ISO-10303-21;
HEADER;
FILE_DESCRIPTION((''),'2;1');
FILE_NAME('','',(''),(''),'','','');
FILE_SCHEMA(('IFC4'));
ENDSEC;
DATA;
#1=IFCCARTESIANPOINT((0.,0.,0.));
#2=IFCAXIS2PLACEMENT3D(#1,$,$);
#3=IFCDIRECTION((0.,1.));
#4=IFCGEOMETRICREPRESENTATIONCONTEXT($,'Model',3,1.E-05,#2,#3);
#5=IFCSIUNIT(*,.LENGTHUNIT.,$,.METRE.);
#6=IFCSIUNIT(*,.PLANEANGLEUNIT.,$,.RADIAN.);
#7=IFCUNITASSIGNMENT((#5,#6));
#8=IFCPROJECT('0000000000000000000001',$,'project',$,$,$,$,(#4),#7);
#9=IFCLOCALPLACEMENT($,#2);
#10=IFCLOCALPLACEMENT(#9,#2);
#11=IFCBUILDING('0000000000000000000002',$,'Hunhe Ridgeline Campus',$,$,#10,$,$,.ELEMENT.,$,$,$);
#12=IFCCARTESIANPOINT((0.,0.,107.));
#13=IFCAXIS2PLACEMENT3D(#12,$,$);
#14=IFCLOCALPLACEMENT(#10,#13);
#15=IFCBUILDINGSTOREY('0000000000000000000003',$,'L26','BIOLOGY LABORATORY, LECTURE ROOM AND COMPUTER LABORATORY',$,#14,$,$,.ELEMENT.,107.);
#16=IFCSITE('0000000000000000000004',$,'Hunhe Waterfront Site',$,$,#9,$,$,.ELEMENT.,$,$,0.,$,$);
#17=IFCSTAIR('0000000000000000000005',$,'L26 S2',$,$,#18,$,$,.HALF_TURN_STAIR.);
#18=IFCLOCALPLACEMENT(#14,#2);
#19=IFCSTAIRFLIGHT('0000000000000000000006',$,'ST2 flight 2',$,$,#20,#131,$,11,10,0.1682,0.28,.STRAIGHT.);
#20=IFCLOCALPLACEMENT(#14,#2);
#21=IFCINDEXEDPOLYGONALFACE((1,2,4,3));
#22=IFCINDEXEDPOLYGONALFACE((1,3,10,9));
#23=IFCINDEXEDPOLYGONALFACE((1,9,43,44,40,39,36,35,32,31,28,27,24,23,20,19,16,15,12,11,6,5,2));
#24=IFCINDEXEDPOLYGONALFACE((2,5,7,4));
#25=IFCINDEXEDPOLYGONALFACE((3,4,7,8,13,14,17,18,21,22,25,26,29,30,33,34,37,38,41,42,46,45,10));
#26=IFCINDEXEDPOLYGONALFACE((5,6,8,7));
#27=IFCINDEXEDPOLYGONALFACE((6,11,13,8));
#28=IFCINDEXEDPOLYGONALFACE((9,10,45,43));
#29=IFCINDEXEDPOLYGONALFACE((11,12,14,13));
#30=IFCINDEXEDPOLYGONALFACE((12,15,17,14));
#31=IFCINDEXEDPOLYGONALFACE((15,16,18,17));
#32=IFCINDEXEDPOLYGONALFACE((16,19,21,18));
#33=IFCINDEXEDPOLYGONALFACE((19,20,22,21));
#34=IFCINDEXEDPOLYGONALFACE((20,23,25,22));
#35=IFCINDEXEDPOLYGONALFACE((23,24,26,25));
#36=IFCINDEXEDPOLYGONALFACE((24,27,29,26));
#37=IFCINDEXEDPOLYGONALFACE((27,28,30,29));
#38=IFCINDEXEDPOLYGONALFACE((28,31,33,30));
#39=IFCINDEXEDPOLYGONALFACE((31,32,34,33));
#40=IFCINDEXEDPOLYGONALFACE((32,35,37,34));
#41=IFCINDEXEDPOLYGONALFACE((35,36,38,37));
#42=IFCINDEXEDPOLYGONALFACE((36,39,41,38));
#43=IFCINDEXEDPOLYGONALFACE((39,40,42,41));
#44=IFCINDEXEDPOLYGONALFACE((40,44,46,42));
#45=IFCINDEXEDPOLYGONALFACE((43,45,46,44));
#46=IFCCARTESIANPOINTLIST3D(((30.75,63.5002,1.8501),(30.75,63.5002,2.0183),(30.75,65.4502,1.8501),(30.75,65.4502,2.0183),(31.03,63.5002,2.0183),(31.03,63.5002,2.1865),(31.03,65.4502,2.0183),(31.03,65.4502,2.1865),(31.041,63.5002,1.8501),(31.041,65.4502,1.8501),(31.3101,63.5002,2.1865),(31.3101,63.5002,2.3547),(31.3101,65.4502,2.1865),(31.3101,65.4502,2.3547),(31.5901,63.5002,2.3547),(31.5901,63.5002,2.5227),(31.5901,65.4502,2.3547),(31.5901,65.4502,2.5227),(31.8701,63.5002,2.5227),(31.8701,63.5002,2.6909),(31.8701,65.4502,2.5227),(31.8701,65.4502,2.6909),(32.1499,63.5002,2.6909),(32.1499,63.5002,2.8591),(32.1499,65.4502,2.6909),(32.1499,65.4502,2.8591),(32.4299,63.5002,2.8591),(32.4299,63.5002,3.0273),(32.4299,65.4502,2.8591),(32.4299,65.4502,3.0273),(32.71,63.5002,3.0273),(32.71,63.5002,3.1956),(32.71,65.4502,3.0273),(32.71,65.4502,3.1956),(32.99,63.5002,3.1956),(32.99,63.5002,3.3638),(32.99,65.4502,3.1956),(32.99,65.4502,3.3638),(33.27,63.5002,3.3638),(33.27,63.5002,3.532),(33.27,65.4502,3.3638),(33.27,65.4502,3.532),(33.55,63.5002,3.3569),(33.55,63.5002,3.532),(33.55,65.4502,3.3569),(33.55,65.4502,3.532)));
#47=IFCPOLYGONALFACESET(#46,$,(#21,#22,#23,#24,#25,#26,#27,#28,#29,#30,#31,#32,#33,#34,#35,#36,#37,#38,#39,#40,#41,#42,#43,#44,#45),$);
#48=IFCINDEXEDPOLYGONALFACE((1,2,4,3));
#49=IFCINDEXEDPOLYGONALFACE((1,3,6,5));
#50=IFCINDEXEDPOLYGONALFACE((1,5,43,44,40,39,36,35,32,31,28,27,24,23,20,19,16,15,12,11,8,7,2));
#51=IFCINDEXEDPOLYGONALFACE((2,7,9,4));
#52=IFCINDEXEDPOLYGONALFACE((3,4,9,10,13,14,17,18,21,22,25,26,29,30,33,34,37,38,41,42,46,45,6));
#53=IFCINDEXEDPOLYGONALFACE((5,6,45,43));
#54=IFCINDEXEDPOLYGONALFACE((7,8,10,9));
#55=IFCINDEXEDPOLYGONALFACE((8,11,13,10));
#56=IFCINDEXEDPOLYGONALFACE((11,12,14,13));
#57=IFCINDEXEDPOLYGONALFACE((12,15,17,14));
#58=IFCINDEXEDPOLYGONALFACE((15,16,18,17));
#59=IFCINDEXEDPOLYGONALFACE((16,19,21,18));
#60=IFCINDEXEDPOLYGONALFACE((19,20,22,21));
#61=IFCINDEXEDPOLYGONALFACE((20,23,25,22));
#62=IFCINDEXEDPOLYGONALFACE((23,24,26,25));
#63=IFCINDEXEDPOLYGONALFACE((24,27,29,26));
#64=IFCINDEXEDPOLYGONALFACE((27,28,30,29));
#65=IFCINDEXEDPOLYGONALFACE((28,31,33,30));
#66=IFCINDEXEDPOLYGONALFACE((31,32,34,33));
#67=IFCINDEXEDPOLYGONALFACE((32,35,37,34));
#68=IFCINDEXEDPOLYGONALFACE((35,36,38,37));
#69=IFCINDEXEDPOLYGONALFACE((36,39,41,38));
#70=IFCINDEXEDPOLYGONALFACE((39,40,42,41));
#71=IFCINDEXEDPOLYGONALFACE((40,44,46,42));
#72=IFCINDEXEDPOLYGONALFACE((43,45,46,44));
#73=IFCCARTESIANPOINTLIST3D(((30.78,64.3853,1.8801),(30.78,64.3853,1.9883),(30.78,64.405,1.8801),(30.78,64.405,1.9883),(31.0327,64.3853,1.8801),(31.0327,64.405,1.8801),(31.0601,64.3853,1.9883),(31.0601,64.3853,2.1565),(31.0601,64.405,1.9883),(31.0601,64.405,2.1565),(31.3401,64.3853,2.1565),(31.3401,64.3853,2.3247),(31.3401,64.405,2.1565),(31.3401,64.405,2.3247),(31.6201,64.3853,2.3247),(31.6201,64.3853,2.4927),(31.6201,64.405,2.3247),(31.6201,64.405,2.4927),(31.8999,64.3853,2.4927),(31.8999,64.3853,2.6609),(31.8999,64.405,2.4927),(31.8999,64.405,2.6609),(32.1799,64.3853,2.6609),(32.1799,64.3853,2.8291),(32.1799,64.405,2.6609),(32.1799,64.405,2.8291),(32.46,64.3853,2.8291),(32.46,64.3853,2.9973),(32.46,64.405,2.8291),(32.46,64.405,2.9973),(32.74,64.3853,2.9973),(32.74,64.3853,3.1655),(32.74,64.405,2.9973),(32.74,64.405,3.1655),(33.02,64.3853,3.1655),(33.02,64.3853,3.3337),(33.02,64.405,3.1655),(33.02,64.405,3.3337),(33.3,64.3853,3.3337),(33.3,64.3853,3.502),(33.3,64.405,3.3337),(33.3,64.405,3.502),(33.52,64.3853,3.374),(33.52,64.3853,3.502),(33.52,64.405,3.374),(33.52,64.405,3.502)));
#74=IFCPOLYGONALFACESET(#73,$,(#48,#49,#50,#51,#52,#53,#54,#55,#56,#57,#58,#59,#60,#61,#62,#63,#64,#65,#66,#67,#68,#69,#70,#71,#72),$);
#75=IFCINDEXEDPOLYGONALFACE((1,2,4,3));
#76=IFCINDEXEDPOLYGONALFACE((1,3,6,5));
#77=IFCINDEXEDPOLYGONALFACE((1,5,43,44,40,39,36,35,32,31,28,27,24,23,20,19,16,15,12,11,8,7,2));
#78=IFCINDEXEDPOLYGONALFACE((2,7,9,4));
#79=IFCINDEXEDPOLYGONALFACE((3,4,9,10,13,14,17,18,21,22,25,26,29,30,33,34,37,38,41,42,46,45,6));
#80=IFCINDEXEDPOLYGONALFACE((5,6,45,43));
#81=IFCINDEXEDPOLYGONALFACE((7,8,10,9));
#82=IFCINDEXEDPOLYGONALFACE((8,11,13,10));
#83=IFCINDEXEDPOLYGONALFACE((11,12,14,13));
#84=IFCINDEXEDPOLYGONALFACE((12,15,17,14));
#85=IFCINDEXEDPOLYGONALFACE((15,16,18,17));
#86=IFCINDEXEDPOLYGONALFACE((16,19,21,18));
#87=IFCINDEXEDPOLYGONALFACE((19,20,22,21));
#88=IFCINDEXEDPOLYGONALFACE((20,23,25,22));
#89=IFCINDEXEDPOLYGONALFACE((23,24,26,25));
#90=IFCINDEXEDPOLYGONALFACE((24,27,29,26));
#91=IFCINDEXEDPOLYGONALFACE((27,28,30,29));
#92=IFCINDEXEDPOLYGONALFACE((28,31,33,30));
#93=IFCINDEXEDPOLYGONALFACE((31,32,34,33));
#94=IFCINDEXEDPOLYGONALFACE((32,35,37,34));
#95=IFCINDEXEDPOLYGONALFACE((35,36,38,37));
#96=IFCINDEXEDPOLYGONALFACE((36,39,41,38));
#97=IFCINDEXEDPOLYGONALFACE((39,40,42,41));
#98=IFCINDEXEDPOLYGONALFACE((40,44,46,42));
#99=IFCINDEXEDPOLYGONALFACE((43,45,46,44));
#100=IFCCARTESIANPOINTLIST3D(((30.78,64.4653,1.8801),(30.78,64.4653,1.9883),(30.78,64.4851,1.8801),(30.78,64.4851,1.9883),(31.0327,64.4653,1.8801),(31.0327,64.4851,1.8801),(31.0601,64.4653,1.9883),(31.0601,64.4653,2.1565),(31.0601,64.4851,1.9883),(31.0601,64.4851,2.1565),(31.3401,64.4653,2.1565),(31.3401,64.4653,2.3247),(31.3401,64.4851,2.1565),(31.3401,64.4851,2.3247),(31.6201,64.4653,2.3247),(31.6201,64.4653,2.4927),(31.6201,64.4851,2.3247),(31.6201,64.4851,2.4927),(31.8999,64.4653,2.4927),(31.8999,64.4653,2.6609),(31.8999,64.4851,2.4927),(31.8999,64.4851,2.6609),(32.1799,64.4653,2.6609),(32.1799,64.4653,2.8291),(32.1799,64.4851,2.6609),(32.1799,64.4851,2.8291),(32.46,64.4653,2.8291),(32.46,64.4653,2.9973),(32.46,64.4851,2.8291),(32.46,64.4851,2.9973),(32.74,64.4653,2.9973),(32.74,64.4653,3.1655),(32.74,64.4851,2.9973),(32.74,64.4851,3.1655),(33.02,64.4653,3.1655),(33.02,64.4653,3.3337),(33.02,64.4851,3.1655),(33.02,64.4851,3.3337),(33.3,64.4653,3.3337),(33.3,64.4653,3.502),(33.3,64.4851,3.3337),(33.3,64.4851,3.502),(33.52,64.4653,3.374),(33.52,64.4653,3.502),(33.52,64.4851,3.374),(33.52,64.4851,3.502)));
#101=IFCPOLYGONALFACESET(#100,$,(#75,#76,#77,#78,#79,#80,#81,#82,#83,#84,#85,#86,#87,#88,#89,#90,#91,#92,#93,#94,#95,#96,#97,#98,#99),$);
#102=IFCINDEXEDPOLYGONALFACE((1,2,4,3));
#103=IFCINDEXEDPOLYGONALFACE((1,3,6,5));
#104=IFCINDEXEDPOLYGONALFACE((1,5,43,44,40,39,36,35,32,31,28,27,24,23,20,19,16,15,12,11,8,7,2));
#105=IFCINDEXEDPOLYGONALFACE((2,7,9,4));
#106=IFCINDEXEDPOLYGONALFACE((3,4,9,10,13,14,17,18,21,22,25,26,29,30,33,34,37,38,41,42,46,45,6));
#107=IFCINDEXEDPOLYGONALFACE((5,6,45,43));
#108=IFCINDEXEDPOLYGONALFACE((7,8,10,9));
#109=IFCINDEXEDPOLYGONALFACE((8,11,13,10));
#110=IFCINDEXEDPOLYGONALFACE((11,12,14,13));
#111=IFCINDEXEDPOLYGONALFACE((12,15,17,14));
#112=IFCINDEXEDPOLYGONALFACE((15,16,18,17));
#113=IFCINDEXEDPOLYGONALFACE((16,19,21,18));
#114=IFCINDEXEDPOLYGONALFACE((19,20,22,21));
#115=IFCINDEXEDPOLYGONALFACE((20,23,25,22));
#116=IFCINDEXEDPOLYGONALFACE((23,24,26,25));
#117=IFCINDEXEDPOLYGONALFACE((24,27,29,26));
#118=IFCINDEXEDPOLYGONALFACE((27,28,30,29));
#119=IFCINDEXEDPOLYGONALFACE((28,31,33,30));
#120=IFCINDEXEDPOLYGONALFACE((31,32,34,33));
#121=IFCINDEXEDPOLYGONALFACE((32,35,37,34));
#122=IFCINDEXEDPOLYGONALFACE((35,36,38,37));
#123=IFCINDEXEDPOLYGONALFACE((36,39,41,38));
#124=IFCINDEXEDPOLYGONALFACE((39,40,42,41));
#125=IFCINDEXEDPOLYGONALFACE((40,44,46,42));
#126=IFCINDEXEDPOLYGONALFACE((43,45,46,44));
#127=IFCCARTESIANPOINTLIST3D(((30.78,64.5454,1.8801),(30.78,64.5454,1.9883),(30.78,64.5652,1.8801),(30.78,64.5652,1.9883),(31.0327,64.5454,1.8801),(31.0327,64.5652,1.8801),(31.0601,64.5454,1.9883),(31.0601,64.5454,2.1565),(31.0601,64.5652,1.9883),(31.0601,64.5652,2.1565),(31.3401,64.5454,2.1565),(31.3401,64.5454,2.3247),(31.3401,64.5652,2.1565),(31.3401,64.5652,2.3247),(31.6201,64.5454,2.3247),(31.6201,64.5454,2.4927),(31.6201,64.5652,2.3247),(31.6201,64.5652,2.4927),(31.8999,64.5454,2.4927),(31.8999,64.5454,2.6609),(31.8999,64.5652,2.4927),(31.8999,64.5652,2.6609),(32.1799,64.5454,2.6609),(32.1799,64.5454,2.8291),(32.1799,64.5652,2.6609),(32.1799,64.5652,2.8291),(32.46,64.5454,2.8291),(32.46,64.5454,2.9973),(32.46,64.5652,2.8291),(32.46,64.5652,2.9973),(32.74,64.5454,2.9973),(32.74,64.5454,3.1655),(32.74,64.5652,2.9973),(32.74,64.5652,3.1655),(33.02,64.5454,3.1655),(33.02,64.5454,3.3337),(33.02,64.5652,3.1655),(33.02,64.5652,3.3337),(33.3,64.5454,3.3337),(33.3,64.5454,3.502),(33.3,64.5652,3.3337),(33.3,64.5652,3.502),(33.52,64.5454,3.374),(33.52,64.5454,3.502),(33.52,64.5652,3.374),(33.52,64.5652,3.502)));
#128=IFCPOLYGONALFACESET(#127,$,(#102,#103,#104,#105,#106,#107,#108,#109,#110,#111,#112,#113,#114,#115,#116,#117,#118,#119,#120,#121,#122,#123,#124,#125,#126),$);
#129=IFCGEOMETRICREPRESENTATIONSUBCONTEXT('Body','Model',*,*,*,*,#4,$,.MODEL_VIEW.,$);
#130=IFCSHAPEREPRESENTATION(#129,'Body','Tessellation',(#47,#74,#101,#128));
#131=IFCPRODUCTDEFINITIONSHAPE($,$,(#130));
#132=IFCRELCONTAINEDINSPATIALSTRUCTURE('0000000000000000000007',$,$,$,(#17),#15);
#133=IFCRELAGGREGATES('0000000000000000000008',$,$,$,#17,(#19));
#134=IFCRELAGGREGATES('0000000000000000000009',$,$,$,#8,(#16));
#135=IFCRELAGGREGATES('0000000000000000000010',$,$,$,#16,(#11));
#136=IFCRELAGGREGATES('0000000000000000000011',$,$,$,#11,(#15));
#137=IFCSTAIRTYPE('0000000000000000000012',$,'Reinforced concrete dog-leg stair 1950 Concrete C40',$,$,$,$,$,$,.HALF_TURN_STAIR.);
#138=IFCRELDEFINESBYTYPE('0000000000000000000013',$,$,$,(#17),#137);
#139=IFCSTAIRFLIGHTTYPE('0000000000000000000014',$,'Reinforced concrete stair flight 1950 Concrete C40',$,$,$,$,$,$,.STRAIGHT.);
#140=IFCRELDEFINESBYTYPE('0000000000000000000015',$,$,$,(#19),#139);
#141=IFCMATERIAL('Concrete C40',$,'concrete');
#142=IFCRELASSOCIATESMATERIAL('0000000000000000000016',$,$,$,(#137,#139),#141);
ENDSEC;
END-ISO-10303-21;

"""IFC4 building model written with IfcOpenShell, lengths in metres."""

from ifc_helpers import new_model, si_unit, direction, frame, origin, place, context, subcontext, project, spatial, polyline, outline, extrude, material, type_object, element, aggregate, save


model = new_model("IFC4")

# Units and contexts
model_context = context("Model", 3, precision=1e-05, world=origin(), true_north=direction((0.0, 1.0)))
body_context = subcontext(model_context, "Body", "Model", "MODEL_VIEW")
ifc_project = project(units=[si_unit("LENGTHUNIT", "METRE"), si_unit("PLANEANGLEUNIT", "RADIAN")], contexts=[model_context])

# Site, building, storey
site_placement = place(None, origin())
site = spatial("IfcSite", under=ifc_project, at=site_placement, Name="Hunhe Waterfront Site", CompositionType="ELEMENT", RefElevation=0.0)
building_placement = place(site_placement, origin())
building = spatial("IfcBuilding", under=site, at=building_placement, Name="Hunhe Ridgeline Campus", CompositionType="ELEMENT")
storey_placement = place(building_placement, frame((0.0, 0.0, 107.0)))
storey = spatial("IfcBuildingStorey", under=building, at=storey_placement, Name="L26", Description="BIOLOGY LABORATORY, LECTURE ROOM AND COMPUTER LABORATORY", CompositionType="ELEMENT", Elevation=107.0)

# Stair, stair flight
ifc_material_1 = material(Name="Concrete C40", Category="concrete")
stair_type = type_object("IfcStairType", Name="Reinforced concrete dog-leg stair 1950 Concrete C40", PredefinedType="HALF_TURN_STAIR", material=ifc_material_1)
stair_placement = place(storey_placement, origin())
stair = element("IfcStair", 1, at=stair_placement, inside=storey, type_object=stair_type, Name="L26 S2", PredefinedType="HALF_TURN_STAIR")
stair_flight_type = type_object("IfcStairFlightType", Name="Reinforced concrete stair flight 1950 Concrete C40", PredefinedType="STRAIGHT", material=ifc_material_1)
stair_flight_1_placement = place(storey_placement, frame((30.75, 64.4751, 1.8501), z_axis=(0.0, 0.0, 1.0), x_axis=(1.0, 0.0, 0.0)))
stair_flight_1 = element("IfcStairFlight", 2, at=stair_flight_1_placement, type_object=stair_flight_type, Name="ST2 flight 2", NumberOfRisers=11, NumberOfTreads=10, PredefinedType="STRAIGHT", RiserHeight=0.1682, TreadLength=0.28, context=body_context, shape_type="SweptSolid", body=[
    extrude(outline(polyline([(0.0, 0.0), (0.0, 0.1682), (0.28, 0.1682), (0.28, 0.3364), (0.5601, 0.3364), (0.5601, 0.5046), (0.8401, 0.5046), (0.8401, 0.6726), (1.1201, 0.6726), (1.1201, 0.8408), (1.3999, 0.8408), (1.3999, 1.009), (1.6799, 1.009), (1.6799, 1.1772), (1.96, 1.1772), (1.96, 1.3455), (2.24, 1.3455), (2.24, 1.5137), (2.52, 1.5137), (2.52, 1.6819), (2.8, 1.6819), (2.8, 1.8501), (2.8, 1.5068), (0.291, 0.0), (0.0, 0.0)])), frame((0.0, 0.9751, 0.0), z_axis=(0.0, -1.0, 0.0), x_axis=(1.0, 0.0, 0.0)), (0.0, 0.0, 1.0), 1.95),
    extrude(outline(polyline([(0.03, 0.03), (0.03, 0.1382), (0.3101, 0.1382), (0.3101, 0.3064), (0.5901, 0.3064), (0.5901, 0.4746), (0.8701, 0.4746), (0.8701, 0.6426), (1.1499, 0.6426), (1.1499, 0.8108), (1.4299, 0.8108), (1.4299, 0.979), (1.71, 0.979), (1.71, 1.1472), (1.99, 1.1472), (1.99, 1.3154), (2.27, 1.3154), (2.27, 1.4836), (2.55, 1.4836), (2.55, 1.6519), (2.77, 1.6519), (2.77, 1.5239), (0.2827, 0.03), (0.03, 0.03)])), frame((0.0, -0.0701, 0.0), z_axis=(0.0, -1.0, 0.0), x_axis=(1.0, 0.0, 0.0)), (0.0, 0.0, 1.0), 0.0198),
    extrude(outline(polyline([(0.03, 0.03), (0.03, 0.1382), (0.3101, 0.1382), (0.3101, 0.3064), (0.5901, 0.3064), (0.5901, 0.4746), (0.8701, 0.4746), (0.8701, 0.6426), (1.1499, 0.6426), (1.1499, 0.8108), (1.4299, 0.8108), (1.4299, 0.979), (1.71, 0.979), (1.71, 1.1472), (1.99, 1.1472), (1.99, 1.3154), (2.27, 1.3154), (2.27, 1.4836), (2.55, 1.4836), (2.55, 1.6519), (2.77, 1.6519), (2.77, 1.5239), (0.2827, 0.03), (0.03, 0.03)])), frame((0.0, 0.01, 0.0), z_axis=(0.0, -1.0, 0.0), x_axis=(1.0, 0.0, 0.0)), (0.0, 0.0, 1.0), 0.0198),
    extrude(outline(polyline([(0.03, 0.03), (0.03, 0.1382), (0.3101, 0.1382), (0.3101, 0.3064), (0.5901, 0.3064), (0.5901, 0.4746), (0.8701, 0.4746), (0.8701, 0.6426), (1.1499, 0.6426), (1.1499, 0.8108), (1.4299, 0.8108), (1.4299, 0.979), (1.71, 0.979), (1.71, 1.1472), (1.99, 1.1472), (1.99, 1.3154), (2.27, 1.3154), (2.27, 1.4836), (2.55, 1.4836), (2.55, 1.6519), (2.77, 1.6519), (2.77, 1.5239), (0.2827, 0.03), (0.03, 0.03)])), frame((0.0, 0.0901, 0.0), z_axis=(0.0, -1.0, 0.0), x_axis=(1.0, 0.0, 0.0)), (0.0, 0.0, 1.0), 0.0198),
])
aggregate(stair, [stair_flight_1])

save(model, "model.ifc")
